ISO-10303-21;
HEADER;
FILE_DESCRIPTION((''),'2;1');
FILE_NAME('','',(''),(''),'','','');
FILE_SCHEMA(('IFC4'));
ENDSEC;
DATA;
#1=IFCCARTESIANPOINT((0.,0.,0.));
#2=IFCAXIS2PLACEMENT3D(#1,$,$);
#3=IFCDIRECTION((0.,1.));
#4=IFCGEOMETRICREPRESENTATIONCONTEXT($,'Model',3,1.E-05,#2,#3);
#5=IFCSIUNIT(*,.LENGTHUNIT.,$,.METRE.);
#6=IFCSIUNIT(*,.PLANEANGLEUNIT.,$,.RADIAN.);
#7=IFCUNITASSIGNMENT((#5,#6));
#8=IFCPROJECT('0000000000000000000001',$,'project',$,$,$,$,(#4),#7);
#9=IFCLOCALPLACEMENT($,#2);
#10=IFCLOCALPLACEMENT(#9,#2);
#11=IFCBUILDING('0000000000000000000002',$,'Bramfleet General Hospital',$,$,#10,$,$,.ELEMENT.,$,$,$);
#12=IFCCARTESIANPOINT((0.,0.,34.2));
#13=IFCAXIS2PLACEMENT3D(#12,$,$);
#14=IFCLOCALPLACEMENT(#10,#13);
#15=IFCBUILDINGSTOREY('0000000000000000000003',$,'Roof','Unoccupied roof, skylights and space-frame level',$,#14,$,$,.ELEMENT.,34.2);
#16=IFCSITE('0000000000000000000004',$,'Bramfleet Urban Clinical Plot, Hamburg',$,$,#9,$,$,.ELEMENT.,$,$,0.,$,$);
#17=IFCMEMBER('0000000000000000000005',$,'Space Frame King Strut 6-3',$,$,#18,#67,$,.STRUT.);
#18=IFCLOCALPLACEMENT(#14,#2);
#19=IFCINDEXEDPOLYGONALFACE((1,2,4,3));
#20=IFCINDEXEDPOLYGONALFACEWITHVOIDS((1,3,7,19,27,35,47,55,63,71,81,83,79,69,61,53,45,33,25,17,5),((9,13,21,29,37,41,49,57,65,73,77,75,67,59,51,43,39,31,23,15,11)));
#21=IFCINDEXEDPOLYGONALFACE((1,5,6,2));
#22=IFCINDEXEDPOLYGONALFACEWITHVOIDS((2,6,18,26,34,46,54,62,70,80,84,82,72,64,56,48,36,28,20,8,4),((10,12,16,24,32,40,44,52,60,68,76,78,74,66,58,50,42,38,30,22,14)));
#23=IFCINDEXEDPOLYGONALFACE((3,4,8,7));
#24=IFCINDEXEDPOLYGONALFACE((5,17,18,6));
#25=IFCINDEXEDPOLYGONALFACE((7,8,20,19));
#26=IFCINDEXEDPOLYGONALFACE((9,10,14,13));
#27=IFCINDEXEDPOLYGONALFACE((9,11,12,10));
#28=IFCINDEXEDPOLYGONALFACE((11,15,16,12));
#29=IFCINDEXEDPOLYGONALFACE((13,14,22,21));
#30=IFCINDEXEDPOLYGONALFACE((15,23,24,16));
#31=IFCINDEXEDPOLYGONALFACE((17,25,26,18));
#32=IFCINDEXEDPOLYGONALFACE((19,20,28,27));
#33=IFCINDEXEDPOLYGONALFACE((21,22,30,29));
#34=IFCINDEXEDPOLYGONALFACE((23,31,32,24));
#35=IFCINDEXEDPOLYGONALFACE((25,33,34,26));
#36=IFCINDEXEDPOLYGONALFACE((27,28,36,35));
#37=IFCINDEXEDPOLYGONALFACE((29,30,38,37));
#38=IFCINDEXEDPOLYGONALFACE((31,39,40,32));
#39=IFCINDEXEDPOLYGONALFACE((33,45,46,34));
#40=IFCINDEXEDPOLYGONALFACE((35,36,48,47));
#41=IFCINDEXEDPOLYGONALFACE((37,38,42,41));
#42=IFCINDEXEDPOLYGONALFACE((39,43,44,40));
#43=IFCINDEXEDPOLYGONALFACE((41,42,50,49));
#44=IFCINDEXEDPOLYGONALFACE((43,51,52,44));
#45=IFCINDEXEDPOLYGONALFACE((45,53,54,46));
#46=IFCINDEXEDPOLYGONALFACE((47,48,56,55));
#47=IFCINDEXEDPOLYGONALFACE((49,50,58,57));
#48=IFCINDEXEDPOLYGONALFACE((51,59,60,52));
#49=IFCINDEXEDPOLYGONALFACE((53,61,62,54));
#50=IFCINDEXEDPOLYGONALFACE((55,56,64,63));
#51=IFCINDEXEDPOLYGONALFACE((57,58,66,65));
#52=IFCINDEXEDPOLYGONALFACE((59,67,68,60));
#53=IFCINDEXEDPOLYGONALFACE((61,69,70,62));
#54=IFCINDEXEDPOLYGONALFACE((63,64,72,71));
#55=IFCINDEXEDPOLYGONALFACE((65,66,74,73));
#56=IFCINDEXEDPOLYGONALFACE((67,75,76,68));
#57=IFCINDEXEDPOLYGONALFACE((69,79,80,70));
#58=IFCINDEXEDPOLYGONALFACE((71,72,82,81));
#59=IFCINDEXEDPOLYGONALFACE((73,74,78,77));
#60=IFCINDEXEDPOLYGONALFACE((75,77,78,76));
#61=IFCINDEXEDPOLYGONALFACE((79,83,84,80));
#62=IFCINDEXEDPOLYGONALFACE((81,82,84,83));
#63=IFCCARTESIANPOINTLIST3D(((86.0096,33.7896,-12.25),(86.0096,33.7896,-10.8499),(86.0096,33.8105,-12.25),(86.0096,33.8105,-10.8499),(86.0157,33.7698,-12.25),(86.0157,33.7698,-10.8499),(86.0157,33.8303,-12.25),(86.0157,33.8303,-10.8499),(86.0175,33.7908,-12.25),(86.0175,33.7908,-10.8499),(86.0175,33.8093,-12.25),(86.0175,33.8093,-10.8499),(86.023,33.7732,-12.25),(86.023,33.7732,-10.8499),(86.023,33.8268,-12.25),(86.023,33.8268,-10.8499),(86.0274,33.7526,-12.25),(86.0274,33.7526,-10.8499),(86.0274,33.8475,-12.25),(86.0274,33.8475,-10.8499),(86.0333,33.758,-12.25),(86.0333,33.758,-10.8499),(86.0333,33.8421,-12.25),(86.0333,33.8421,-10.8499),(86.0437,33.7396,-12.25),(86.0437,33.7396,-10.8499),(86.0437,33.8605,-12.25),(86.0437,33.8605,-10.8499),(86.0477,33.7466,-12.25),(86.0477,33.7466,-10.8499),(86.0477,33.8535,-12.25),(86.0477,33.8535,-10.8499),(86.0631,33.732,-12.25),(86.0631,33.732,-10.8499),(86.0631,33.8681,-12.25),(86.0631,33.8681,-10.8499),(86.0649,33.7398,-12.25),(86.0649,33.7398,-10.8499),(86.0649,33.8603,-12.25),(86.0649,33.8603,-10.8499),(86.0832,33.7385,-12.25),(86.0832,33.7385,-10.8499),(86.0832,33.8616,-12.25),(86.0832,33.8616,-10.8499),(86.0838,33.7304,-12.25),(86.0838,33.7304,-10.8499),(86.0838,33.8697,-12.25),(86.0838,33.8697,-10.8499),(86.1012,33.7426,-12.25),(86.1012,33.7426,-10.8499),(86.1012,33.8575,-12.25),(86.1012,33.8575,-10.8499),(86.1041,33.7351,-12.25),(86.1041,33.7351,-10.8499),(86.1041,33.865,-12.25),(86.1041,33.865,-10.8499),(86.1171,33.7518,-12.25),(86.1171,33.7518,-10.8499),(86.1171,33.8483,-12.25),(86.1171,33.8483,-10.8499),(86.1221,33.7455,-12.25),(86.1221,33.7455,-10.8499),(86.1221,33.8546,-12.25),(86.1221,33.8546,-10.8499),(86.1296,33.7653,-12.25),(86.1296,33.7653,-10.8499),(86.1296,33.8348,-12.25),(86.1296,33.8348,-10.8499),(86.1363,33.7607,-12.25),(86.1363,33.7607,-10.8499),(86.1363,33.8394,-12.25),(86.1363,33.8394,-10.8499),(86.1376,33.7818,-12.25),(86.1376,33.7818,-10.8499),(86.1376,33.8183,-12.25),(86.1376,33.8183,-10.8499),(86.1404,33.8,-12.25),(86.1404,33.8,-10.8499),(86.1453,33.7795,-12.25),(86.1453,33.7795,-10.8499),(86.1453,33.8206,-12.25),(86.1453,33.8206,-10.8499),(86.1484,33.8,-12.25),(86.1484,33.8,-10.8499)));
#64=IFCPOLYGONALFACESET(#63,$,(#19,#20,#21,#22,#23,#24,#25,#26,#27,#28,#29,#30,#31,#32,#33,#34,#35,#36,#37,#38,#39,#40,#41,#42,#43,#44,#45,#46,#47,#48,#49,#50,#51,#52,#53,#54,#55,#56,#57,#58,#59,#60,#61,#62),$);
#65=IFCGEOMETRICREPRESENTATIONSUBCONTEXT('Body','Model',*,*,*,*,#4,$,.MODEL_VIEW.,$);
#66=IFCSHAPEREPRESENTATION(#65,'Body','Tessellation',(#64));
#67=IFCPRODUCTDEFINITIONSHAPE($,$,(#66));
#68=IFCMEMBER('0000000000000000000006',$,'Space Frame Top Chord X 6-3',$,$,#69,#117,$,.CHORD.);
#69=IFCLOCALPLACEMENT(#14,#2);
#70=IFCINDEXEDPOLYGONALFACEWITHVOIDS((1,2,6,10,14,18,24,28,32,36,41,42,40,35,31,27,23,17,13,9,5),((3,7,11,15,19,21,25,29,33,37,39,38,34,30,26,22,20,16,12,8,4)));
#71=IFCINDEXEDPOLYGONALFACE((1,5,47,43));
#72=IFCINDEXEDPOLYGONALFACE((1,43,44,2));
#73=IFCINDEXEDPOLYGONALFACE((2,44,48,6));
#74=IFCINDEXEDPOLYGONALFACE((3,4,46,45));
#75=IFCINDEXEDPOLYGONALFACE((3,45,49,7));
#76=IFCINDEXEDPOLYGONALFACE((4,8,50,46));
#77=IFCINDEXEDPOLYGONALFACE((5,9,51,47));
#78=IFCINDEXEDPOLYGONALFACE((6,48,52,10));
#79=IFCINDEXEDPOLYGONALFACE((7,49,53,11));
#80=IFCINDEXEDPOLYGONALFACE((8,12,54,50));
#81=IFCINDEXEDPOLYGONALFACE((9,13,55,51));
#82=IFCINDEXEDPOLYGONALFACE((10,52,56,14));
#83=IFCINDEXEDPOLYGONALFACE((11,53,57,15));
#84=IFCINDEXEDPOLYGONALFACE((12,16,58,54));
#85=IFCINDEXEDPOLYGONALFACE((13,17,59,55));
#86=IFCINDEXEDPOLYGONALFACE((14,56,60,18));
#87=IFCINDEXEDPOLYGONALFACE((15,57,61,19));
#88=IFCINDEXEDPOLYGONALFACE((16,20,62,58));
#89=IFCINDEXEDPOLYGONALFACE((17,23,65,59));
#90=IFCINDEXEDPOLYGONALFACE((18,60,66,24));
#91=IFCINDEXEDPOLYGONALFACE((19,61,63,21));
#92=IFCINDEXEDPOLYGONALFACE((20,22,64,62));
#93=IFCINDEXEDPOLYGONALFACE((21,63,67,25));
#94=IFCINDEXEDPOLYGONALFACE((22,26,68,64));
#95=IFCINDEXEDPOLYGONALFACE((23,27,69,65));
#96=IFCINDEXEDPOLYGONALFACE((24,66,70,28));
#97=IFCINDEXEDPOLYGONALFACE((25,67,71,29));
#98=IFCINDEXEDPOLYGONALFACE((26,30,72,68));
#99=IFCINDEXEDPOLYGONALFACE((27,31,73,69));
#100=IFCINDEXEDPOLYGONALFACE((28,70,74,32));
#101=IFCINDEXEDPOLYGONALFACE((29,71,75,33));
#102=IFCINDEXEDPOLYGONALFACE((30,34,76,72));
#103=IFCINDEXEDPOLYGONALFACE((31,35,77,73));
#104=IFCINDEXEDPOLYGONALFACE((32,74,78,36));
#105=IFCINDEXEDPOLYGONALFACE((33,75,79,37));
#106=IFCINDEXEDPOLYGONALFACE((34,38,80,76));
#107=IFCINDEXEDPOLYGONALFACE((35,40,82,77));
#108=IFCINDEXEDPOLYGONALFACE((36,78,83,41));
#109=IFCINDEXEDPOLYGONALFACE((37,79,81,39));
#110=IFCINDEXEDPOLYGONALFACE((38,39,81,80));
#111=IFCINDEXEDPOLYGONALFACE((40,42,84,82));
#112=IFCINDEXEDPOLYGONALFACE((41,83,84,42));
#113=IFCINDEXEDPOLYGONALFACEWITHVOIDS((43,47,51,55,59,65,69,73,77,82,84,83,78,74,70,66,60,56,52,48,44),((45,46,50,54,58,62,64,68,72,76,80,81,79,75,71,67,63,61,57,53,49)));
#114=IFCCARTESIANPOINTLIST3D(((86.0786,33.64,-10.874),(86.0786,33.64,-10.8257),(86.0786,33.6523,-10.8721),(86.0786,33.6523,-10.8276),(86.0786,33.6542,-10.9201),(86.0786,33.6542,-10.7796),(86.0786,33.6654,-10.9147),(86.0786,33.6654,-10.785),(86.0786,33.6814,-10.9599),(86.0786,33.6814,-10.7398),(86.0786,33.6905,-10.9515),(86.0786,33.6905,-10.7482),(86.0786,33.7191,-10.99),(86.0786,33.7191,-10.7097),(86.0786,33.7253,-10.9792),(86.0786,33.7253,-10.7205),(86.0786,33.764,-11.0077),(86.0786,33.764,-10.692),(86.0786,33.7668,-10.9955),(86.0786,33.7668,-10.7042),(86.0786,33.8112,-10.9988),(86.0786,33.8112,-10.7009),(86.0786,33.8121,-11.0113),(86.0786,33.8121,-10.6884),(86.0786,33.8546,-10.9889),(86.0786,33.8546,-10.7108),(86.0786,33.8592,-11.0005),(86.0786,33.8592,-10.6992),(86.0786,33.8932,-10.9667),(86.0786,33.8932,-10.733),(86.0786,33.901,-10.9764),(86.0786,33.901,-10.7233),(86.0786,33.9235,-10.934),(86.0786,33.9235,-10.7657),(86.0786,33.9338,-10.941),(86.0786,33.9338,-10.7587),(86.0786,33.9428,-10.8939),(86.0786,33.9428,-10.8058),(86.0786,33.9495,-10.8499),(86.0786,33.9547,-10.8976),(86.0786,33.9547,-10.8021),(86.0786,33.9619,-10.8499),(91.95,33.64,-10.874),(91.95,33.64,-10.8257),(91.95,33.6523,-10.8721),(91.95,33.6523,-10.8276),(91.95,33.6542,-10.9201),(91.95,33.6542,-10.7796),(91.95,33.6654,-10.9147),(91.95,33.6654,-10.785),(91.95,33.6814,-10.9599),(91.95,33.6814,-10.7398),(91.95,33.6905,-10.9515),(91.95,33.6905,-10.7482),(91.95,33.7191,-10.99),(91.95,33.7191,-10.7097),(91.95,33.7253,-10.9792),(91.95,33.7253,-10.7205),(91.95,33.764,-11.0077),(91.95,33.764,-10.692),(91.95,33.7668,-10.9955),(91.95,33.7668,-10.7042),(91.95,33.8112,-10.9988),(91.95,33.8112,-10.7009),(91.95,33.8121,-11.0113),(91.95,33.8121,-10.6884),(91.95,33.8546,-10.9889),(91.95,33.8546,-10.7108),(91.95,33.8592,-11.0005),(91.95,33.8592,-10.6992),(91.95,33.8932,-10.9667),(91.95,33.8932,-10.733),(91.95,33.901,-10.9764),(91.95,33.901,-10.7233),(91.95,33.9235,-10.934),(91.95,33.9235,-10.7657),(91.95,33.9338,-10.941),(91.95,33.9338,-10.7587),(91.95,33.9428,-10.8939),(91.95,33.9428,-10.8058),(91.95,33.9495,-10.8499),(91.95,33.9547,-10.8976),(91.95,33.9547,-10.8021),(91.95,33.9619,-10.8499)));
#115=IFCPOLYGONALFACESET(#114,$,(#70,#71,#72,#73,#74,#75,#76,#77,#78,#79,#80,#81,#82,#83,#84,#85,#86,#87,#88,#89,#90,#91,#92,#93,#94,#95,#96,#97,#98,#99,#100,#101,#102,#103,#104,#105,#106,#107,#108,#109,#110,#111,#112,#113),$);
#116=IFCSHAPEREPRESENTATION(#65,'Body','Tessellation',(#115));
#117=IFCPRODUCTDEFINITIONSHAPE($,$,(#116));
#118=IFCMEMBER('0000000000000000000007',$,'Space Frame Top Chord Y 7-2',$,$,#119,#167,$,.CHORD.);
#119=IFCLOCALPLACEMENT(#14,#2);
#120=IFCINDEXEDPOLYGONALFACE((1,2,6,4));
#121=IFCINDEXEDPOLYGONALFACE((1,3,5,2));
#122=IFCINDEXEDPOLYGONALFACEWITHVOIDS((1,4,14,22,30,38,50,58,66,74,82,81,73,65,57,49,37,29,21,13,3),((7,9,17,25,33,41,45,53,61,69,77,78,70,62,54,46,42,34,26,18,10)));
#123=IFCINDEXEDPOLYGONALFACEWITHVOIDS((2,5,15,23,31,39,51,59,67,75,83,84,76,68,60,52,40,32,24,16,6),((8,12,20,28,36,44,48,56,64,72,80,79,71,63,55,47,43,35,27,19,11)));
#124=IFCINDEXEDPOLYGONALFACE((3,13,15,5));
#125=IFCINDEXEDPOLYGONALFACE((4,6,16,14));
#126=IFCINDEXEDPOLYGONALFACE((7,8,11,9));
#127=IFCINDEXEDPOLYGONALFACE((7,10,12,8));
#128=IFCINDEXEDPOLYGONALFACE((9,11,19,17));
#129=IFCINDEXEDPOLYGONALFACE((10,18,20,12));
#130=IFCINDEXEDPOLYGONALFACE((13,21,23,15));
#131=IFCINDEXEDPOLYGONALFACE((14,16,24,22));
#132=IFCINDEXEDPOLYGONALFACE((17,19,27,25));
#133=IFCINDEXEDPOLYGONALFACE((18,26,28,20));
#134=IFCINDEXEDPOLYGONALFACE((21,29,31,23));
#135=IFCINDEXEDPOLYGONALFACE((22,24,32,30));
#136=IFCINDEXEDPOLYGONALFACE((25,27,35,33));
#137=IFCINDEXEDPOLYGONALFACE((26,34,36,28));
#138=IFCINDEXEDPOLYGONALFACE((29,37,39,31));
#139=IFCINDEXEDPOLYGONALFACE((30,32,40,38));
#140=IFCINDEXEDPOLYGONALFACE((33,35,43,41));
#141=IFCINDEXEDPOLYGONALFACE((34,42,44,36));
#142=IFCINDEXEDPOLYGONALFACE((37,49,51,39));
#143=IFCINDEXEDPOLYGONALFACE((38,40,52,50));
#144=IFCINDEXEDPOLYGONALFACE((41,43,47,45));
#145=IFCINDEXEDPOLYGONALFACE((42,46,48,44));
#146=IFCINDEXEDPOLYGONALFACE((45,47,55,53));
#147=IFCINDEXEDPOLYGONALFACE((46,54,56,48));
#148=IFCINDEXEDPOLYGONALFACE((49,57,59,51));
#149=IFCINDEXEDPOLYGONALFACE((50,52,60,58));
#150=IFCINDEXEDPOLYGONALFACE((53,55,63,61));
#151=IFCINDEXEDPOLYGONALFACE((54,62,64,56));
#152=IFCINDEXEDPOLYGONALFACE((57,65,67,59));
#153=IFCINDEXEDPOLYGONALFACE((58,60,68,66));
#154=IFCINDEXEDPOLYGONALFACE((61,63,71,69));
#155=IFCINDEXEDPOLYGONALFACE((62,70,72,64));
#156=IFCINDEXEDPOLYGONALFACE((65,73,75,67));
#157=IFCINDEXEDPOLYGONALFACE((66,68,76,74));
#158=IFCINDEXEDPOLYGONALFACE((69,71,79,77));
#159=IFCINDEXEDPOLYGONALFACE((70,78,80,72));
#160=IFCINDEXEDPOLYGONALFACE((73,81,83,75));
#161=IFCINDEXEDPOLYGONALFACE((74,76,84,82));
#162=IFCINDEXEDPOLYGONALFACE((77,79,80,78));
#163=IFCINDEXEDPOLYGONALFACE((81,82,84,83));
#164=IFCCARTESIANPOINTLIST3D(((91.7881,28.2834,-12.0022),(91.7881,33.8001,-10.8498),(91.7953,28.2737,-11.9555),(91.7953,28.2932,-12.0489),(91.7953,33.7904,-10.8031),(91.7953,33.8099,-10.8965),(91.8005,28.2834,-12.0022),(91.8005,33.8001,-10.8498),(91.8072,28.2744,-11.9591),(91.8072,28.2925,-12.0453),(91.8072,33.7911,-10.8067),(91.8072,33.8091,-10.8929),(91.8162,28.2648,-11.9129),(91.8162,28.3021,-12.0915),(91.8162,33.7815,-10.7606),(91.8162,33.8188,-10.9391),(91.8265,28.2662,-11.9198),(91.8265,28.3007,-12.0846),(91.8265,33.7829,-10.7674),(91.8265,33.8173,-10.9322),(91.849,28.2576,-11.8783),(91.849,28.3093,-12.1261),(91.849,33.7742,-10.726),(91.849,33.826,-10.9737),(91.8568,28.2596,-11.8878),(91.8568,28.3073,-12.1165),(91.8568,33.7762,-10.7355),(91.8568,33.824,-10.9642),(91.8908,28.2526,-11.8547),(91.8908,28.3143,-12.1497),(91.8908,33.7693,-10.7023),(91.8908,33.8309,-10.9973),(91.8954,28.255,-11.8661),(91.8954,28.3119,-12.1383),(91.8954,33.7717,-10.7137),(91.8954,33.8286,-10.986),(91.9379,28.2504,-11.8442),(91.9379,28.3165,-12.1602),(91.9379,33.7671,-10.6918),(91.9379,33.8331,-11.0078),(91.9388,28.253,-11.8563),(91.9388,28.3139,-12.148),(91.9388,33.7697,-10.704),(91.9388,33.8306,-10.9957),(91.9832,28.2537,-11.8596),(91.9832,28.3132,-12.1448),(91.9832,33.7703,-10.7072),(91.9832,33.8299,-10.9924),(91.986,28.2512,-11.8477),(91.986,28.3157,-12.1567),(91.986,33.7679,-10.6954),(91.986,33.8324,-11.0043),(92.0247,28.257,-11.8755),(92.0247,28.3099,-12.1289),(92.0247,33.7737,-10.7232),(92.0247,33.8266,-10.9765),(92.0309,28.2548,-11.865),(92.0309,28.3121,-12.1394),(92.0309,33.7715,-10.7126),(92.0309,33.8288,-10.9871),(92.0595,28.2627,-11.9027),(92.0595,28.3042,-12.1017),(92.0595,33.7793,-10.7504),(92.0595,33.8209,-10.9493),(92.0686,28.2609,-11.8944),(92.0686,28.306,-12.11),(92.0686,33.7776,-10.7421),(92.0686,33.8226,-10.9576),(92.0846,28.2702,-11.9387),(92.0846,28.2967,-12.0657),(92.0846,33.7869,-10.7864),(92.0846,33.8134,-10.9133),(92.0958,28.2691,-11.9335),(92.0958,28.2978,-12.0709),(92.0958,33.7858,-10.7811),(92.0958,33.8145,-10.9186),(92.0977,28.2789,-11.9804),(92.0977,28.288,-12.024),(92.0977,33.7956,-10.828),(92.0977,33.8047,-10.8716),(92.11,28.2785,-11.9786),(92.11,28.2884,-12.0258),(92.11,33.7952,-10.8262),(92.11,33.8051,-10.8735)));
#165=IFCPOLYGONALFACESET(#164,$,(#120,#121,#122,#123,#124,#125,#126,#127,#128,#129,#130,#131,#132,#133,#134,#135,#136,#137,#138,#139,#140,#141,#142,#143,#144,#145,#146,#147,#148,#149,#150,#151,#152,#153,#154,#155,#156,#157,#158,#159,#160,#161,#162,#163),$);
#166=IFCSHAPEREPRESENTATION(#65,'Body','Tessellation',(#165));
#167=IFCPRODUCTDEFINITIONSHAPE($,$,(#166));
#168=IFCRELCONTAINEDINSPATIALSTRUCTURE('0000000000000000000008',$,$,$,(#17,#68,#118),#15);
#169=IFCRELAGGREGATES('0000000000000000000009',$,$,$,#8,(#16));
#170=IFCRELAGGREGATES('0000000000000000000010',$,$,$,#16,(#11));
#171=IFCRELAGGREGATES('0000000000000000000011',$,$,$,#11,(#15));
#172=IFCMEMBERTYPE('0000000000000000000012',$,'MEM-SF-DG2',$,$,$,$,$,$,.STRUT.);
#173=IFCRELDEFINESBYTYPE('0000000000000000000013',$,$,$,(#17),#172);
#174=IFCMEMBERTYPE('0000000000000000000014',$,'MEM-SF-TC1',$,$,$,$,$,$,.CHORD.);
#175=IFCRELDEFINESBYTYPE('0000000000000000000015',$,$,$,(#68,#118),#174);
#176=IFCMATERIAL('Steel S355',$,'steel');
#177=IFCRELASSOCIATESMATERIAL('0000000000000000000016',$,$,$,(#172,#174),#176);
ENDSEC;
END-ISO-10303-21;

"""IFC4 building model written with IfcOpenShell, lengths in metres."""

from ifc_helpers import new_model, si_unit, direction, frame, origin, origin_2d, place, context, subcontext, project, spatial, hollow_circle, extrude, material, material_profile, profile_set, type_object, element, save


model = new_model("IFC4")

# Units and contexts
model_context = context("Model", 3, precision=1e-05, world=origin(), true_north=direction((0.0, 1.0)))
body_context = subcontext(model_context, "Body", "Model", "MODEL_VIEW")
ifc_project = project(units=[si_unit("LENGTHUNIT", "METRE"), si_unit("PLANEANGLEUNIT", "RADIAN")], contexts=[model_context])

# Site, building, storey
site_placement = place(None, origin())
site = spatial("IfcSite", under=ifc_project, at=site_placement, Name="Bramfleet Urban Clinical Plot, Hamburg", CompositionType="ELEMENT", RefElevation=0.0)
building_placement = place(site_placement, origin())
building = spatial("IfcBuilding", under=site, at=building_placement, Name="Bramfleet General Hospital", CompositionType="ELEMENT")
storey_placement = place(building_placement, frame((0.0, 0.0, 34.2)))
storey = spatial("IfcBuildingStorey", under=building, at=storey_placement, Name="Roof", Description="Unoccupied roof, skylights and space-frame level", CompositionType="ELEMENT", Elevation=34.2)

# Members
ifc_material_1 = material(Name="Steel S355", Category="steel")
ifc_material_profile_1 = material_profile(ifc_material_1, hollow_circle(Radius=0.0698, WallThickness=0.0081, at=origin_2d()), Name="CHS 139.7x8.0")
ifc_profile_set_1 = profile_set([ifc_material_profile_1], Name="Steel S355")
member_type_1 = type_object("IfcMemberType", Name="MEM-SF-DG2", PredefinedType="STRUT", material=ifc_profile_set_1)
member_1_placement = place(storey_placement, frame((86.0786, 33.8, -12.25), z_axis=(0.0, 0.0, 1.0), x_axis=(1.0, 0.0, 0.0)))
element("IfcMember", 1, at=member_1_placement, inside=storey, type_object=member_type_1, Name="Space Frame King Strut 6-3", PredefinedType="STRUT", context=body_context, shape_type="SweptSolid", body=[
    extrude(hollow_circle(Radius=0.0698, WallThickness=0.0081, at=origin_2d()), origin(), (0.0, 0.0, 1.0), 1.4001),
])
ifc_material_profile_2 = material_profile(ifc_material_1, hollow_circle(Radius=0.1619, WallThickness=0.0125, at=origin_2d()), Name="CHS 323.9x12.5")
ifc_profile_set_2 = profile_set([ifc_material_profile_2], Name="Steel S355")
member_type_2 = type_object("IfcMemberType", Name="MEM-SF-TC1", PredefinedType="CHORD", material=ifc_profile_set_2)
member_2_placement = place(storey_placement, frame((86.0786, 33.8, -10.8499), z_axis=(1.0, 0.0, 0.0), x_axis=(0.0, 1.0, 0.0)))
element("IfcMember", 2, at=member_2_placement, inside=storey, type_object=member_type_2, Name="Space Frame Top Chord X 6-3", PredefinedType="CHORD", context=body_context, shape_type="SweptSolid", body=[
    extrude(hollow_circle(Radius=0.1619, WallThickness=0.0125, at=origin_2d()), origin(), (0.0, 0.0, 1.0), 5.8713),
])
for number, where, z_axis, x_axis, name in (
    (3, (91.95, 28.2834, -12.0022), (0.0, 0.978872, 0.204473), (-1.0, 0.0, 0.0), "Space Frame Top Chord Y 7-2"),
):
    element("IfcMember", number, at=place(storey_placement, frame(where, z_axis=z_axis, x_axis=x_axis)), inside=storey, type_object=member_type_2, Name=name, PredefinedType="CHORD", context=body_context, shape_type="SweptSolid", body=[
        extrude(hollow_circle(Radius=0.1619, WallThickness=0.0125, at=origin_2d()), origin(), (0.0, 0.0, 1.0), 5.6357),
    ])

save(model, "model.ifc")
